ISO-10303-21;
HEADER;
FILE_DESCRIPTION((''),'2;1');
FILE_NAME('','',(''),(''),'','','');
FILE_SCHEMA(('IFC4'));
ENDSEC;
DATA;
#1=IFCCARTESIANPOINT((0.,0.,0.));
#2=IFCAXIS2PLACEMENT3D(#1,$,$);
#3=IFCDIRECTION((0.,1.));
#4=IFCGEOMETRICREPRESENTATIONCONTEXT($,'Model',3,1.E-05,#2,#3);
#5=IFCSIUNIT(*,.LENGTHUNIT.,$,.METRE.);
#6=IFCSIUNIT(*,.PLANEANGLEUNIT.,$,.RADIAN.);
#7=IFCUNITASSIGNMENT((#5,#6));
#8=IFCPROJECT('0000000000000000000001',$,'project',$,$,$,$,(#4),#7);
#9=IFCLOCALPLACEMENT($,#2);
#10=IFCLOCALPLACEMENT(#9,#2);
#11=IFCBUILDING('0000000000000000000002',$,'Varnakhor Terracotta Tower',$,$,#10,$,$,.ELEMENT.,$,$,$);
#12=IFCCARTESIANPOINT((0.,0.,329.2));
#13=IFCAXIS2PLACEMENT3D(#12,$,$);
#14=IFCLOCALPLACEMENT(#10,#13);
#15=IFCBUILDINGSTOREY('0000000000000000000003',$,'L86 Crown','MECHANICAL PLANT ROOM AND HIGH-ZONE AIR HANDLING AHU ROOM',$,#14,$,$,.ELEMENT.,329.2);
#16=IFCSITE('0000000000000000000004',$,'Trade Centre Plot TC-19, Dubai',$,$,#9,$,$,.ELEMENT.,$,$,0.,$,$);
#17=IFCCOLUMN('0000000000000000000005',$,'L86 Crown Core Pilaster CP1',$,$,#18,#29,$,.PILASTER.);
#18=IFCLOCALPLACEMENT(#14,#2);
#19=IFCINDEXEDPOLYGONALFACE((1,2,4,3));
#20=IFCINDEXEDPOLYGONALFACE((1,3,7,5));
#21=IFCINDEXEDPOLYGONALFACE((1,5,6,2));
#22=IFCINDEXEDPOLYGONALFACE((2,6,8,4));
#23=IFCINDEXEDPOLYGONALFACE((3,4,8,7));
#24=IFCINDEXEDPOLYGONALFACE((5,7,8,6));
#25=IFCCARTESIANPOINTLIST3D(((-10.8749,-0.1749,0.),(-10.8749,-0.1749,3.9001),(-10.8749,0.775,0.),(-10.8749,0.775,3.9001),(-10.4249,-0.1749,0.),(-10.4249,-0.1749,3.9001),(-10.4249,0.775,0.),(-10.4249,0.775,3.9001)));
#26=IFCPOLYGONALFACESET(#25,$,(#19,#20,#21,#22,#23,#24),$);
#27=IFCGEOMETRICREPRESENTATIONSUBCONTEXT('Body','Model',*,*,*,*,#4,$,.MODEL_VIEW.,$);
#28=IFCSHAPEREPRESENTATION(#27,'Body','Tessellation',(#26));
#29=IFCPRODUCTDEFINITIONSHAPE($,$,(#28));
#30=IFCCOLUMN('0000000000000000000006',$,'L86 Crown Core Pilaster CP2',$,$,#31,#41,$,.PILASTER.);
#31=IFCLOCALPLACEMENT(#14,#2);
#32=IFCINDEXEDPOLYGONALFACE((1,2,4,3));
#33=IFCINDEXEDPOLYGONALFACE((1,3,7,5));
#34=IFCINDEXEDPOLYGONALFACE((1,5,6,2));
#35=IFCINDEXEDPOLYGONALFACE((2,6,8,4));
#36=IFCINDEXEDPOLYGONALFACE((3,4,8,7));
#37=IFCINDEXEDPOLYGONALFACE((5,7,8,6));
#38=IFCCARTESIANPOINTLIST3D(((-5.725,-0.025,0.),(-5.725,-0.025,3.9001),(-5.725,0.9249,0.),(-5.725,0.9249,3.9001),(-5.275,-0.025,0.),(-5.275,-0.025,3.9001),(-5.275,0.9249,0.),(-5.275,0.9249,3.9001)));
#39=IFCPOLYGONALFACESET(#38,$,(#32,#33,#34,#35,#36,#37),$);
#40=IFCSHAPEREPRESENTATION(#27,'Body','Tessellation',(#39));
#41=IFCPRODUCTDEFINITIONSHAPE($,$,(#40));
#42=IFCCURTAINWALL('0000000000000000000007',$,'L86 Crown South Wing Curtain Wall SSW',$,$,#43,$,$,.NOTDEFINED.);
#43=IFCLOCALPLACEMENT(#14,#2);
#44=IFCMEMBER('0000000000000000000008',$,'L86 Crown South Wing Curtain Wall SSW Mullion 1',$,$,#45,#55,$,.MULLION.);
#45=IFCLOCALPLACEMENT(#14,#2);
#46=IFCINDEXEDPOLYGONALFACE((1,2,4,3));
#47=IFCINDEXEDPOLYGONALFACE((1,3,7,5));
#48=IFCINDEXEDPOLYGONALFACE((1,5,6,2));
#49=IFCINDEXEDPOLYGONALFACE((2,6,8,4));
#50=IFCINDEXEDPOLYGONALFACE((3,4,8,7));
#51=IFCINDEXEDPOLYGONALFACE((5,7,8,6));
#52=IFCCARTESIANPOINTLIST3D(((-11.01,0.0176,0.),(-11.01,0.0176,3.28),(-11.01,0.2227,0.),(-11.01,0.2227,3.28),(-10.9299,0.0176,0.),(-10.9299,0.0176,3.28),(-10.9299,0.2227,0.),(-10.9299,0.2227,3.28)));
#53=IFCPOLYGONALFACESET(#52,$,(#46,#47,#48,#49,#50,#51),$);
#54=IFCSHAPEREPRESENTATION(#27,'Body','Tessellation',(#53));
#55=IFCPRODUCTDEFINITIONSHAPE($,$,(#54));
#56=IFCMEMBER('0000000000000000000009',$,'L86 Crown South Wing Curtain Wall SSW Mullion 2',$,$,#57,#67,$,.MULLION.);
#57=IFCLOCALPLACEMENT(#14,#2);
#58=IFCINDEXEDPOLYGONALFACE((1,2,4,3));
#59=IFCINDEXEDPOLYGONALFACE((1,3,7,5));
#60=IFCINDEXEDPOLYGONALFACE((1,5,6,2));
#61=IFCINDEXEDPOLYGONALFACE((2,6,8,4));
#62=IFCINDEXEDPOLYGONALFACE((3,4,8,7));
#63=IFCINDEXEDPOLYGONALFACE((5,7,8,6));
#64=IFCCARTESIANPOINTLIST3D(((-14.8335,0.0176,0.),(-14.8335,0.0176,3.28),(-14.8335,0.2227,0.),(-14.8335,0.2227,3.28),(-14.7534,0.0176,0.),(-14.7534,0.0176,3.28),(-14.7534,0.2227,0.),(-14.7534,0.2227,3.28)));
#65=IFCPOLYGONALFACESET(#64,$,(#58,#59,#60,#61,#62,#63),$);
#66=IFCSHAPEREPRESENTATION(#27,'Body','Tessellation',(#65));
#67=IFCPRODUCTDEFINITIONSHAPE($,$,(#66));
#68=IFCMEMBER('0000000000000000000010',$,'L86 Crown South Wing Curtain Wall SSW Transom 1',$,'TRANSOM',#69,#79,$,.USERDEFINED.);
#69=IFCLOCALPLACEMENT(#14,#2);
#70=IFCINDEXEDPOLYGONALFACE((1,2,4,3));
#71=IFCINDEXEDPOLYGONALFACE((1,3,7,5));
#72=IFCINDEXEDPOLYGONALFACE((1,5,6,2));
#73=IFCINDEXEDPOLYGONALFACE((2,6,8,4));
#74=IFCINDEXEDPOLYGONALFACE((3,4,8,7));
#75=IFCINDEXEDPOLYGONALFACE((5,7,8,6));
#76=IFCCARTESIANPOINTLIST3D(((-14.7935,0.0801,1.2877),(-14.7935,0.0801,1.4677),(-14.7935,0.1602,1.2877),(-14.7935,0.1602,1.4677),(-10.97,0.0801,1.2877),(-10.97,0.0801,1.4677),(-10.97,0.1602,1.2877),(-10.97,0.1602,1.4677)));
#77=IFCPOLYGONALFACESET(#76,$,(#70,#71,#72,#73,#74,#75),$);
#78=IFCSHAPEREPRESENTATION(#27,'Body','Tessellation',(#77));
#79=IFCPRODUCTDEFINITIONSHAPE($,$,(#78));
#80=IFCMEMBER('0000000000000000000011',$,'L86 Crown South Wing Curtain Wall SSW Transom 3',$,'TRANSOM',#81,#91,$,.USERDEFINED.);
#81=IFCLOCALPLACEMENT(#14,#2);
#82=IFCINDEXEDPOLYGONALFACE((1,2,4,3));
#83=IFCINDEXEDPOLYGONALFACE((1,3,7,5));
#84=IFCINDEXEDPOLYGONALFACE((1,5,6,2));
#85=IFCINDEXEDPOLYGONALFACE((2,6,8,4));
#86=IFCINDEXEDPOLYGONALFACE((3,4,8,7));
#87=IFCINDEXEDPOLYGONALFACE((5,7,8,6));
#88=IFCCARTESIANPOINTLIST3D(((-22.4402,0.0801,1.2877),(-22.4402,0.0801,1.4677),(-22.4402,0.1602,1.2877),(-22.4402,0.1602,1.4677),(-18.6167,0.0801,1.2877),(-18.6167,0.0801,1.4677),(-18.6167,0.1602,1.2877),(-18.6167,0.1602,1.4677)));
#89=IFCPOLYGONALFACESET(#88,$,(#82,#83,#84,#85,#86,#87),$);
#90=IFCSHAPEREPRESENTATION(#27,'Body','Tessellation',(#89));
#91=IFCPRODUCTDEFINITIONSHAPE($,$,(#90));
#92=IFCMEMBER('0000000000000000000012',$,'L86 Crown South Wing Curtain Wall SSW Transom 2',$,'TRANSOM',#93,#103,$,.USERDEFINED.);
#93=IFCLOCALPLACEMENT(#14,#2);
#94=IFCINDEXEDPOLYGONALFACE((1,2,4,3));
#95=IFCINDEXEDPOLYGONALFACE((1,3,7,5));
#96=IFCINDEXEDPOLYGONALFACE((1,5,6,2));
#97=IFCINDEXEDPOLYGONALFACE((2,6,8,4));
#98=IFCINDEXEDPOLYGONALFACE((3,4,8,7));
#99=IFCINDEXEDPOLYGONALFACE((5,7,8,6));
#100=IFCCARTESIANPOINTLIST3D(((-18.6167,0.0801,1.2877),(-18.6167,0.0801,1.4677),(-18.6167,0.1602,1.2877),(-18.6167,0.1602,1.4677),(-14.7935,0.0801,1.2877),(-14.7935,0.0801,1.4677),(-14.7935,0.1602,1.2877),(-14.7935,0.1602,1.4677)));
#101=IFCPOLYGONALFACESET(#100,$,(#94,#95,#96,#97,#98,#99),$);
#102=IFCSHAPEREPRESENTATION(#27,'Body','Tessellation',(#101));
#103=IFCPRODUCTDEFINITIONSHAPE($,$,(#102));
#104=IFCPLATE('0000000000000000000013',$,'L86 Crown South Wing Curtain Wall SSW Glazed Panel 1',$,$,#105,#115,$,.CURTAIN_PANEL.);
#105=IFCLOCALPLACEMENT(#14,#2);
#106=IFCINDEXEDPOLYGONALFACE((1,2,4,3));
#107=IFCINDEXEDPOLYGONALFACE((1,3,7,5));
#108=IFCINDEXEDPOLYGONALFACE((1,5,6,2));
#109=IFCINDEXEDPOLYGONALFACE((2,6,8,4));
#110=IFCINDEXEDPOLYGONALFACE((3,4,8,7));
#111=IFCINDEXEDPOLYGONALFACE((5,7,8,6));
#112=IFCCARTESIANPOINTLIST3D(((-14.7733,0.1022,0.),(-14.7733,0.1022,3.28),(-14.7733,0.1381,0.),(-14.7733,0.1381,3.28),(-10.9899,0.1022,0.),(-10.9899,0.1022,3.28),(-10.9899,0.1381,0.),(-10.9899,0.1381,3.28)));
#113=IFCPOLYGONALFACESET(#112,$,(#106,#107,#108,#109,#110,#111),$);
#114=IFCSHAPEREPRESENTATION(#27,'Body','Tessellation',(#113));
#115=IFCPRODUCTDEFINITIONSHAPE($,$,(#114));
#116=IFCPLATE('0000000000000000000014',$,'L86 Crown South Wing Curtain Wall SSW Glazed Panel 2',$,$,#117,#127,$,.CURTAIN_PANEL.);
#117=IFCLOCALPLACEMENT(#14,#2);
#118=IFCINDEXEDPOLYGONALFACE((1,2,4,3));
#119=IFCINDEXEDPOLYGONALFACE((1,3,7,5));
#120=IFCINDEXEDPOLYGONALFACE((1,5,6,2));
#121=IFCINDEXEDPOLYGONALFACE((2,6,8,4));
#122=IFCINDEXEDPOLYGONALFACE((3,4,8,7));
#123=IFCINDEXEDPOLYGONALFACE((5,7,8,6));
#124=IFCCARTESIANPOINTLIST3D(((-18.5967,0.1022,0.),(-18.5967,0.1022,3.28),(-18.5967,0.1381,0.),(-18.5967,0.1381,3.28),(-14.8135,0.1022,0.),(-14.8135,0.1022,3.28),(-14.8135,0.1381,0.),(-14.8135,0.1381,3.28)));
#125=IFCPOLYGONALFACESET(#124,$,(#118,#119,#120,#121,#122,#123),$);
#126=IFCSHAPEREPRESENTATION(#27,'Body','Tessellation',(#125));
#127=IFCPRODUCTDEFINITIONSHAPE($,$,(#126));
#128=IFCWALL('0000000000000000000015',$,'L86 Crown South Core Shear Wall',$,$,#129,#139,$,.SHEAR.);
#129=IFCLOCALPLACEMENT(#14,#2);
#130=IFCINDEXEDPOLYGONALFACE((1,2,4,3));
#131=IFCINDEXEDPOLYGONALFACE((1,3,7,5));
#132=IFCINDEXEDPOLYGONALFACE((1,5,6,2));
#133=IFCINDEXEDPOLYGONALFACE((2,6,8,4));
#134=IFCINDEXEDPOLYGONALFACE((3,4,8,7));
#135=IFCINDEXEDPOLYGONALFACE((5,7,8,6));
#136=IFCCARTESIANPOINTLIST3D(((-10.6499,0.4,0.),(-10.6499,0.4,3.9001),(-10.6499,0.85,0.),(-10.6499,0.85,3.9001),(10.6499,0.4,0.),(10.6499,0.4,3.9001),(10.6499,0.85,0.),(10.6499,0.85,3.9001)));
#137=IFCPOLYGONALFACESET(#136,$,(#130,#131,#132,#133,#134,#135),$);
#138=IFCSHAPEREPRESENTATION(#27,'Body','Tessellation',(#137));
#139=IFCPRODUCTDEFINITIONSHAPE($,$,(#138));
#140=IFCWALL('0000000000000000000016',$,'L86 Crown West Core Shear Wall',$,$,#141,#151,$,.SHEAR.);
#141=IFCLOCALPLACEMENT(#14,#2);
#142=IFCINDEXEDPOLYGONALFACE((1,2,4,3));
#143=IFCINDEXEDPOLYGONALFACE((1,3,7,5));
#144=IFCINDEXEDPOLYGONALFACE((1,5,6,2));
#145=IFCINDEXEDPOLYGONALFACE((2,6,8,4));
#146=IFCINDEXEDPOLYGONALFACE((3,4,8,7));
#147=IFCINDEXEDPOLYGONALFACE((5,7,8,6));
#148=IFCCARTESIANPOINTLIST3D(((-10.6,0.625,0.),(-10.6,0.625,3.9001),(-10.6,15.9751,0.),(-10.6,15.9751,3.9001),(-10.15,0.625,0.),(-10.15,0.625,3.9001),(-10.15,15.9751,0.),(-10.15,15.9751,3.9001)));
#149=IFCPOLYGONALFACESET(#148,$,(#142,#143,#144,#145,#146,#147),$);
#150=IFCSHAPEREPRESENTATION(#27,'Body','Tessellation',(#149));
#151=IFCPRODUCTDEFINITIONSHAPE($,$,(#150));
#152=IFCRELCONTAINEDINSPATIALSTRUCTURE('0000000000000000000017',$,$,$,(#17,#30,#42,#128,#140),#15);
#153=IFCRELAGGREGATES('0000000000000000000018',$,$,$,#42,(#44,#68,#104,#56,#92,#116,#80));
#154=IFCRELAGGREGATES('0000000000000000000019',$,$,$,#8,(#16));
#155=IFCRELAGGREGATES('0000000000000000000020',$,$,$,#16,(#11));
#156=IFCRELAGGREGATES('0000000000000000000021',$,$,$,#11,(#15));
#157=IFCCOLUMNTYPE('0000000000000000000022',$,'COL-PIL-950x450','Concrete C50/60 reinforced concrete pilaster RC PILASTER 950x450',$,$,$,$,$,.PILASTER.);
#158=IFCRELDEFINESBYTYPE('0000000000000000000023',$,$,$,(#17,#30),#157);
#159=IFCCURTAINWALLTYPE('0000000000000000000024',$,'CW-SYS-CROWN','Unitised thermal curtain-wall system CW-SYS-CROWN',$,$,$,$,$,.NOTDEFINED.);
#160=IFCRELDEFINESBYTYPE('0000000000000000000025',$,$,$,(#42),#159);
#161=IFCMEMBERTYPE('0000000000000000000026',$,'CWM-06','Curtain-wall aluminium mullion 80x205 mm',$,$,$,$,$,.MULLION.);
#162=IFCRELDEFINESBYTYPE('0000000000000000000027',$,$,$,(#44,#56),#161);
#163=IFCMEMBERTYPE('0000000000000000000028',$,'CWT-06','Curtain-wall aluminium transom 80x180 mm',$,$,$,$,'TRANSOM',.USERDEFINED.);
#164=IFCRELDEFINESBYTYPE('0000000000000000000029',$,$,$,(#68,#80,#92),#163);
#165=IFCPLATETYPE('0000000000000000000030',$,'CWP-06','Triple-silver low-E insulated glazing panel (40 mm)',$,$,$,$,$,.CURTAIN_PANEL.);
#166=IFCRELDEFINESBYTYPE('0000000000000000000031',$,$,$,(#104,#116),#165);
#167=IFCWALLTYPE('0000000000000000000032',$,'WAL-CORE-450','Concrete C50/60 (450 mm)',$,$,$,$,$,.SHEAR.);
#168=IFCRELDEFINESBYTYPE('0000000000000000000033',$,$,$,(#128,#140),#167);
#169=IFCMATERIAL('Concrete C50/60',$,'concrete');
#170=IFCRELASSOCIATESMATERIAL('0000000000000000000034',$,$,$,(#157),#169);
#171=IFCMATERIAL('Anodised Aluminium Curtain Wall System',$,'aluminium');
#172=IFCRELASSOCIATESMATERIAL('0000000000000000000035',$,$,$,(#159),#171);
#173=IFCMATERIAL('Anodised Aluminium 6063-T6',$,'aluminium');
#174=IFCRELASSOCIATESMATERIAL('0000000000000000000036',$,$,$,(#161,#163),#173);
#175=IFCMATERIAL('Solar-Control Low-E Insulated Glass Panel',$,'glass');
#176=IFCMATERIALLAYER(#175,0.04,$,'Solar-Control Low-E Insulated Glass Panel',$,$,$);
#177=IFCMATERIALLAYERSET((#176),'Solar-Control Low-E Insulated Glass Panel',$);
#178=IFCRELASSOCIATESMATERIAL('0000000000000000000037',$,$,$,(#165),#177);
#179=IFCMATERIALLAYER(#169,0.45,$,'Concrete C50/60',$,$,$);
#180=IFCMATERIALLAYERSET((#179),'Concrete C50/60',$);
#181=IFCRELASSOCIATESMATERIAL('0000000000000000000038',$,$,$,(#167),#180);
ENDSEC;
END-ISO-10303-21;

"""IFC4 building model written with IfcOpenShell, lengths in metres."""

from ifc_helpers import new_model, si_unit, direction, frame, frame_2d, origin, origin_2d, place, context, subcontext, project, spatial, rectangle, extrude, source, transform, mapped, material, layer, layer_set, material_profile, profile_set, type_object, element, aggregate, save


model = new_model("IFC4")

# Units and contexts
model_context = context("Model", 3, precision=1e-05, world=origin(), true_north=direction((0.0, 1.0)))
body_context = subcontext(model_context, "Body", "Model", "MODEL_VIEW")
ifc_project = project(units=[si_unit("LENGTHUNIT", "METRE"), si_unit("PLANEANGLEUNIT", "RADIAN")], contexts=[model_context])

# Site, building, storey
site_placement = place(None, origin())
site = spatial("IfcSite", under=ifc_project, at=site_placement, Name="Trade Centre Plot TC-19, Dubai", CompositionType="ELEMENT", RefElevation=0.0)
building_placement = place(site_placement, origin())
building = spatial("IfcBuilding", under=site, at=building_placement, Name="Varnakhor Terracotta Tower", CompositionType="ELEMENT")
storey_placement = place(building_placement, frame((0.0, 0.0, 329.2)))
storey = spatial("IfcBuildingStorey", under=building, at=storey_placement, Name="L86 Crown", Description="MECHANICAL PLANT ROOM AND HIGH-ZONE AIR HANDLING AHU ROOM", CompositionType="ELEMENT", Elevation=329.2)

# Columns
ifc_material_1 = material(Name="Concrete C50/60", Category="concrete")
ifc_material_profile_1 = material_profile(ifc_material_1, rectangle(XDim=0.45, YDim=0.95, at=origin_2d()), Name="RC PILASTER 950x450")
ifc_profile_set_1 = profile_set([ifc_material_profile_1], Name="Concrete C50/60")
column_type = type_object("IfcColumnType", Name="COL-PIL-950x450", Description="Concrete C50/60 reinforced concrete pilaster RC PILASTER 950x450", PredefinedType="PILASTER", material=ifc_profile_set_1)
shared_shape_1 = source(origin(), body_context, "Body", "SweptSolid", [
    extrude(rectangle(XDim=0.45, YDim=0.95, at=origin_2d()), origin(), (0.0, 0.0, 1.0), 3.9001),
])
for number, where, z_axis, x_axis, name in (
    (1, (-10.6499, 0.3, 0.0), (0.0, 0.0, 1.0), (1.0, 0.0, 0.0), "L86 Crown Core Pilaster CP1"),
    (2, (-5.5, 0.45, 0.0), (0.0, 0.0, 1.0), (1.0, 0.0, 0.0), "L86 Crown Core Pilaster CP2"),
):
    element("IfcColumn", number, at=place(storey_placement, frame(where, z_axis=z_axis, x_axis=x_axis)), inside=storey, type_object=column_type, Name=name, PredefinedType="PILASTER", context=body_context, shape_type="MappedRepresentation", body=[
        mapped(shared_shape_1, transform((0.0, 0.0, 0.0), scale=1.0)),
    ])

# Curtain wall, members, plates
ifc_material_2 = material(Name="Anodised Aluminium Curtain Wall System", Category="aluminium")
curtain_wall_type = type_object("IfcCurtainWallType", Name="CW-SYS-CROWN", Description="Unitised thermal curtain-wall system CW-SYS-CROWN", PredefinedType="NOTDEFINED", material=ifc_material_2)
curtain_wall_placement = place(storey_placement, origin())
curtain_wall = element("IfcCurtainWall", 3, at=curtain_wall_placement, inside=storey, type_object=curtain_wall_type, Name="L86 Crown South Wing Curtain Wall SSW", PredefinedType="NOTDEFINED")
ifc_material_3 = material(Name="Anodised Aluminium 6063-T6", Category="aluminium")
ifc_material_profile_2 = material_profile(ifc_material_3, rectangle(XDim=0.0801, YDim=0.2051, at=origin_2d()), Name="ALU MULLION 80x205")
ifc_profile_set_2 = profile_set([ifc_material_profile_2], Name="Anodised Aluminium 6063-T6")
member_type_1 = type_object("IfcMemberType", Name="CWM-06", Description="Curtain-wall aluminium mullion 80x205 mm", PredefinedType="MULLION", material=ifc_profile_set_2)
shared_shape_2 = source(origin(), body_context, "Body", "SweptSolid", [
    extrude(rectangle(XDim=0.0801, YDim=0.2051, at=origin_2d()), origin(), (0.0, 0.0, 1.0), 3.28),
])
member_1_placement = place(storey_placement, frame((-10.97, 0.1201, 0.0), z_axis=(0.0, 0.0, 1.0), x_axis=(1.0, 0.0, 0.0)))
member_1 = element("IfcMember", 4, at=member_1_placement, type_object=member_type_1, Name="L86 Crown South Wing Curtain Wall SSW Mullion 1", PredefinedType="MULLION", context=body_context, shape_type="MappedRepresentation", body=[
    mapped(shared_shape_2, transform((0.0, 0.0, 0.0), scale=1.0)),
])
member_2_placement = place(storey_placement, frame((-14.7935, 0.1201, 0.0), z_axis=(0.0, 0.0, 1.0), x_axis=(1.0, 0.0, 0.0)))
member_2 = element("IfcMember", 5, at=member_2_placement, type_object=member_type_1, Name="L86 Crown South Wing Curtain Wall SSW Mullion 2", PredefinedType="MULLION", context=body_context, shape_type="MappedRepresentation", body=[
    mapped(shared_shape_2, transform((0.0, 0.0, 0.0), scale=1.0)),
])
ifc_material_profile_3 = material_profile(ifc_material_3, rectangle(XDim=0.0801, YDim=0.1799, at=origin_2d()), Name="ALU TRANSOM 80x180")
ifc_profile_set_3 = profile_set([ifc_material_profile_3], Name="Anodised Aluminium 6063-T6")
member_type_2 = type_object("IfcMemberType", Name="CWT-06", Description="Curtain-wall aluminium transom 80x180 mm", ElementType="TRANSOM", PredefinedType="USERDEFINED", material=ifc_profile_set_3)
shared_shape_3 = source(origin(), body_context, "Body", "SweptSolid", [
    extrude(rectangle(XDim=0.0801, YDim=0.1799, at=origin_2d()), origin(), (0.0, 0.0, 1.0), 3.8235),
])
member_3_placement = place(storey_placement, frame((-10.97, 0.1201, 1.3777), z_axis=(-1.0, 0.0, 0.0), x_axis=(0.0, -1.0, 0.0)))
member_3 = element("IfcMember", 6, at=member_3_placement, type_object=member_type_2, Name="L86 Crown South Wing Curtain Wall SSW Transom 1", ObjectType="TRANSOM", PredefinedType="USERDEFINED", context=body_context, shape_type="MappedRepresentation", body=[
    mapped(shared_shape_3, transform((0.0, 0.0, 0.0), scale=1.0)),
])
member_4_placement = place(storey_placement, frame((-18.6167, 0.1201, 1.3777), z_axis=(-1.0, 0.0, 0.0), x_axis=(0.0, -1.0, 0.0)))
member_4 = element("IfcMember", 7, at=member_4_placement, type_object=member_type_2, Name="L86 Crown South Wing Curtain Wall SSW Transom 3", ObjectType="TRANSOM", PredefinedType="USERDEFINED", context=body_context, shape_type="MappedRepresentation", body=[
    mapped(shared_shape_3, transform((0.0, 0.0, 0.0), scale=1.0)),
])
shared_shape_4 = source(origin(), body_context, "Body", "SweptSolid", [
    extrude(rectangle(XDim=0.0801, YDim=0.1799, at=origin_2d()), origin(), (0.0, 0.0, 1.0), 3.8232),
])
member_5_placement = place(storey_placement, frame((-14.7935, 0.1201, 1.3777), z_axis=(-1.0, 0.0, 0.0), x_axis=(0.0, -1.0, 0.0)))
member_5 = element("IfcMember", 8, at=member_5_placement, type_object=member_type_2, Name="L86 Crown South Wing Curtain Wall SSW Transom 2", ObjectType="TRANSOM", PredefinedType="USERDEFINED", context=body_context, shape_type="MappedRepresentation", body=[
    mapped(shared_shape_4, transform((0.0, 0.0, 0.0), scale=1.0)),
])
ifc_material_4 = material(Name="Solar-Control Low-E Insulated Glass Panel", Category="glass")
ifc_layer_1 = layer(ifc_material_4, 0.04, Name="Solar-Control Low-E Insulated Glass Panel")
ifc_layer_set_1 = layer_set([ifc_layer_1], Name="Solar-Control Low-E Insulated Glass Panel")
plate_type = type_object("IfcPlateType", Name="CWP-06", Description="Triple-silver low-E insulated glazing panel (40 mm)", PredefinedType="CURTAIN_PANEL", material=ifc_layer_set_1)
shared_shape_5 = source(origin(), body_context, "Body", "SweptSolid", [
    extrude(rectangle(XDim=3.7834, YDim=0.0359, at=origin_2d()), origin(), (0.0, 0.0, 1.0), 3.28),
])
plate_1_placement = place(storey_placement, frame((-12.8816, 0.1201, 0.0), z_axis=(0.0, 0.0, 1.0), x_axis=(-1.0, 0.0, 0.0)))
plate_1 = element("IfcPlate", 9, at=plate_1_placement, type_object=plate_type, Name="L86 Crown South Wing Curtain Wall SSW Glazed Panel 1", PredefinedType="CURTAIN_PANEL", context=body_context, shape_type="MappedRepresentation", body=[
    mapped(shared_shape_5, transform((0.0, 0.0, 0.0), scale=1.0)),
])
shared_shape_6 = source(origin(), body_context, "Body", "SweptSolid", [
    extrude(rectangle(XDim=3.7832, YDim=0.0359, at=origin_2d()), origin(), (0.0, 0.0, 1.0), 3.28),
])
plate_2_placement = place(storey_placement, frame((-16.7051, 0.1201, 0.0), z_axis=(0.0, 0.0, 1.0), x_axis=(-1.0, 0.0, 0.0)))
plate_2 = element("IfcPlate", 10, at=plate_2_placement, type_object=plate_type, Name="L86 Crown South Wing Curtain Wall SSW Glazed Panel 2", PredefinedType="CURTAIN_PANEL", context=body_context, shape_type="MappedRepresentation", body=[
    mapped(shared_shape_6, transform((0.0, 0.0, 0.0), scale=1.0)),
])
aggregate(curtain_wall, [member_1, member_3, plate_1, member_2, member_5, plate_2, member_4])

# Walls
ifc_layer_2 = layer(ifc_material_1, 0.45, Name="Concrete C50/60")
ifc_layer_set_2 = layer_set([ifc_layer_2], Name="Concrete C50/60")
wall_type_1 = type_object("IfcWallType", Name="WAL-CORE-450", Description="Concrete C50/60 (450 mm)", PredefinedType="SHEAR", material=ifc_layer_set_2)
wall_1_placement = place(storey_placement, frame((-10.6499, 0.625, 0.0), z_axis=(0.0, 0.0, 1.0), x_axis=(1.0, 0.0, 0.0)))
element("IfcWall", 11, at=wall_1_placement, inside=storey, type_object=wall_type_1, Name="L86 Crown South Core Shear Wall", PredefinedType="SHEAR", context=body_context, shape_type="SweptSolid", body=[
    extrude(rectangle(XDim=21.2998, YDim=0.45, at=frame_2d((10.6499, 0.0))), origin(), (0.0, 0.0, 1.0), 3.9001),
])
wall_2_placement = place(storey_placement, frame((-10.375, 0.625, 0.0), z_axis=(0.0, 0.0, 1.0), x_axis=(0.0, 1.0, 0.0)))
element("IfcWall", 12, at=wall_2_placement, inside=storey, type_object=wall_type_1, Name="L86 Crown West Core Shear Wall", PredefinedType="SHEAR", context=body_context, shape_type="SweptSolid", body=[
    extrude(rectangle(XDim=15.3501, YDim=0.45, at=frame_2d((7.675, 0.0))), origin(), (0.0, 0.0, 1.0), 3.9001),
])

save(model, "model.ifc")
